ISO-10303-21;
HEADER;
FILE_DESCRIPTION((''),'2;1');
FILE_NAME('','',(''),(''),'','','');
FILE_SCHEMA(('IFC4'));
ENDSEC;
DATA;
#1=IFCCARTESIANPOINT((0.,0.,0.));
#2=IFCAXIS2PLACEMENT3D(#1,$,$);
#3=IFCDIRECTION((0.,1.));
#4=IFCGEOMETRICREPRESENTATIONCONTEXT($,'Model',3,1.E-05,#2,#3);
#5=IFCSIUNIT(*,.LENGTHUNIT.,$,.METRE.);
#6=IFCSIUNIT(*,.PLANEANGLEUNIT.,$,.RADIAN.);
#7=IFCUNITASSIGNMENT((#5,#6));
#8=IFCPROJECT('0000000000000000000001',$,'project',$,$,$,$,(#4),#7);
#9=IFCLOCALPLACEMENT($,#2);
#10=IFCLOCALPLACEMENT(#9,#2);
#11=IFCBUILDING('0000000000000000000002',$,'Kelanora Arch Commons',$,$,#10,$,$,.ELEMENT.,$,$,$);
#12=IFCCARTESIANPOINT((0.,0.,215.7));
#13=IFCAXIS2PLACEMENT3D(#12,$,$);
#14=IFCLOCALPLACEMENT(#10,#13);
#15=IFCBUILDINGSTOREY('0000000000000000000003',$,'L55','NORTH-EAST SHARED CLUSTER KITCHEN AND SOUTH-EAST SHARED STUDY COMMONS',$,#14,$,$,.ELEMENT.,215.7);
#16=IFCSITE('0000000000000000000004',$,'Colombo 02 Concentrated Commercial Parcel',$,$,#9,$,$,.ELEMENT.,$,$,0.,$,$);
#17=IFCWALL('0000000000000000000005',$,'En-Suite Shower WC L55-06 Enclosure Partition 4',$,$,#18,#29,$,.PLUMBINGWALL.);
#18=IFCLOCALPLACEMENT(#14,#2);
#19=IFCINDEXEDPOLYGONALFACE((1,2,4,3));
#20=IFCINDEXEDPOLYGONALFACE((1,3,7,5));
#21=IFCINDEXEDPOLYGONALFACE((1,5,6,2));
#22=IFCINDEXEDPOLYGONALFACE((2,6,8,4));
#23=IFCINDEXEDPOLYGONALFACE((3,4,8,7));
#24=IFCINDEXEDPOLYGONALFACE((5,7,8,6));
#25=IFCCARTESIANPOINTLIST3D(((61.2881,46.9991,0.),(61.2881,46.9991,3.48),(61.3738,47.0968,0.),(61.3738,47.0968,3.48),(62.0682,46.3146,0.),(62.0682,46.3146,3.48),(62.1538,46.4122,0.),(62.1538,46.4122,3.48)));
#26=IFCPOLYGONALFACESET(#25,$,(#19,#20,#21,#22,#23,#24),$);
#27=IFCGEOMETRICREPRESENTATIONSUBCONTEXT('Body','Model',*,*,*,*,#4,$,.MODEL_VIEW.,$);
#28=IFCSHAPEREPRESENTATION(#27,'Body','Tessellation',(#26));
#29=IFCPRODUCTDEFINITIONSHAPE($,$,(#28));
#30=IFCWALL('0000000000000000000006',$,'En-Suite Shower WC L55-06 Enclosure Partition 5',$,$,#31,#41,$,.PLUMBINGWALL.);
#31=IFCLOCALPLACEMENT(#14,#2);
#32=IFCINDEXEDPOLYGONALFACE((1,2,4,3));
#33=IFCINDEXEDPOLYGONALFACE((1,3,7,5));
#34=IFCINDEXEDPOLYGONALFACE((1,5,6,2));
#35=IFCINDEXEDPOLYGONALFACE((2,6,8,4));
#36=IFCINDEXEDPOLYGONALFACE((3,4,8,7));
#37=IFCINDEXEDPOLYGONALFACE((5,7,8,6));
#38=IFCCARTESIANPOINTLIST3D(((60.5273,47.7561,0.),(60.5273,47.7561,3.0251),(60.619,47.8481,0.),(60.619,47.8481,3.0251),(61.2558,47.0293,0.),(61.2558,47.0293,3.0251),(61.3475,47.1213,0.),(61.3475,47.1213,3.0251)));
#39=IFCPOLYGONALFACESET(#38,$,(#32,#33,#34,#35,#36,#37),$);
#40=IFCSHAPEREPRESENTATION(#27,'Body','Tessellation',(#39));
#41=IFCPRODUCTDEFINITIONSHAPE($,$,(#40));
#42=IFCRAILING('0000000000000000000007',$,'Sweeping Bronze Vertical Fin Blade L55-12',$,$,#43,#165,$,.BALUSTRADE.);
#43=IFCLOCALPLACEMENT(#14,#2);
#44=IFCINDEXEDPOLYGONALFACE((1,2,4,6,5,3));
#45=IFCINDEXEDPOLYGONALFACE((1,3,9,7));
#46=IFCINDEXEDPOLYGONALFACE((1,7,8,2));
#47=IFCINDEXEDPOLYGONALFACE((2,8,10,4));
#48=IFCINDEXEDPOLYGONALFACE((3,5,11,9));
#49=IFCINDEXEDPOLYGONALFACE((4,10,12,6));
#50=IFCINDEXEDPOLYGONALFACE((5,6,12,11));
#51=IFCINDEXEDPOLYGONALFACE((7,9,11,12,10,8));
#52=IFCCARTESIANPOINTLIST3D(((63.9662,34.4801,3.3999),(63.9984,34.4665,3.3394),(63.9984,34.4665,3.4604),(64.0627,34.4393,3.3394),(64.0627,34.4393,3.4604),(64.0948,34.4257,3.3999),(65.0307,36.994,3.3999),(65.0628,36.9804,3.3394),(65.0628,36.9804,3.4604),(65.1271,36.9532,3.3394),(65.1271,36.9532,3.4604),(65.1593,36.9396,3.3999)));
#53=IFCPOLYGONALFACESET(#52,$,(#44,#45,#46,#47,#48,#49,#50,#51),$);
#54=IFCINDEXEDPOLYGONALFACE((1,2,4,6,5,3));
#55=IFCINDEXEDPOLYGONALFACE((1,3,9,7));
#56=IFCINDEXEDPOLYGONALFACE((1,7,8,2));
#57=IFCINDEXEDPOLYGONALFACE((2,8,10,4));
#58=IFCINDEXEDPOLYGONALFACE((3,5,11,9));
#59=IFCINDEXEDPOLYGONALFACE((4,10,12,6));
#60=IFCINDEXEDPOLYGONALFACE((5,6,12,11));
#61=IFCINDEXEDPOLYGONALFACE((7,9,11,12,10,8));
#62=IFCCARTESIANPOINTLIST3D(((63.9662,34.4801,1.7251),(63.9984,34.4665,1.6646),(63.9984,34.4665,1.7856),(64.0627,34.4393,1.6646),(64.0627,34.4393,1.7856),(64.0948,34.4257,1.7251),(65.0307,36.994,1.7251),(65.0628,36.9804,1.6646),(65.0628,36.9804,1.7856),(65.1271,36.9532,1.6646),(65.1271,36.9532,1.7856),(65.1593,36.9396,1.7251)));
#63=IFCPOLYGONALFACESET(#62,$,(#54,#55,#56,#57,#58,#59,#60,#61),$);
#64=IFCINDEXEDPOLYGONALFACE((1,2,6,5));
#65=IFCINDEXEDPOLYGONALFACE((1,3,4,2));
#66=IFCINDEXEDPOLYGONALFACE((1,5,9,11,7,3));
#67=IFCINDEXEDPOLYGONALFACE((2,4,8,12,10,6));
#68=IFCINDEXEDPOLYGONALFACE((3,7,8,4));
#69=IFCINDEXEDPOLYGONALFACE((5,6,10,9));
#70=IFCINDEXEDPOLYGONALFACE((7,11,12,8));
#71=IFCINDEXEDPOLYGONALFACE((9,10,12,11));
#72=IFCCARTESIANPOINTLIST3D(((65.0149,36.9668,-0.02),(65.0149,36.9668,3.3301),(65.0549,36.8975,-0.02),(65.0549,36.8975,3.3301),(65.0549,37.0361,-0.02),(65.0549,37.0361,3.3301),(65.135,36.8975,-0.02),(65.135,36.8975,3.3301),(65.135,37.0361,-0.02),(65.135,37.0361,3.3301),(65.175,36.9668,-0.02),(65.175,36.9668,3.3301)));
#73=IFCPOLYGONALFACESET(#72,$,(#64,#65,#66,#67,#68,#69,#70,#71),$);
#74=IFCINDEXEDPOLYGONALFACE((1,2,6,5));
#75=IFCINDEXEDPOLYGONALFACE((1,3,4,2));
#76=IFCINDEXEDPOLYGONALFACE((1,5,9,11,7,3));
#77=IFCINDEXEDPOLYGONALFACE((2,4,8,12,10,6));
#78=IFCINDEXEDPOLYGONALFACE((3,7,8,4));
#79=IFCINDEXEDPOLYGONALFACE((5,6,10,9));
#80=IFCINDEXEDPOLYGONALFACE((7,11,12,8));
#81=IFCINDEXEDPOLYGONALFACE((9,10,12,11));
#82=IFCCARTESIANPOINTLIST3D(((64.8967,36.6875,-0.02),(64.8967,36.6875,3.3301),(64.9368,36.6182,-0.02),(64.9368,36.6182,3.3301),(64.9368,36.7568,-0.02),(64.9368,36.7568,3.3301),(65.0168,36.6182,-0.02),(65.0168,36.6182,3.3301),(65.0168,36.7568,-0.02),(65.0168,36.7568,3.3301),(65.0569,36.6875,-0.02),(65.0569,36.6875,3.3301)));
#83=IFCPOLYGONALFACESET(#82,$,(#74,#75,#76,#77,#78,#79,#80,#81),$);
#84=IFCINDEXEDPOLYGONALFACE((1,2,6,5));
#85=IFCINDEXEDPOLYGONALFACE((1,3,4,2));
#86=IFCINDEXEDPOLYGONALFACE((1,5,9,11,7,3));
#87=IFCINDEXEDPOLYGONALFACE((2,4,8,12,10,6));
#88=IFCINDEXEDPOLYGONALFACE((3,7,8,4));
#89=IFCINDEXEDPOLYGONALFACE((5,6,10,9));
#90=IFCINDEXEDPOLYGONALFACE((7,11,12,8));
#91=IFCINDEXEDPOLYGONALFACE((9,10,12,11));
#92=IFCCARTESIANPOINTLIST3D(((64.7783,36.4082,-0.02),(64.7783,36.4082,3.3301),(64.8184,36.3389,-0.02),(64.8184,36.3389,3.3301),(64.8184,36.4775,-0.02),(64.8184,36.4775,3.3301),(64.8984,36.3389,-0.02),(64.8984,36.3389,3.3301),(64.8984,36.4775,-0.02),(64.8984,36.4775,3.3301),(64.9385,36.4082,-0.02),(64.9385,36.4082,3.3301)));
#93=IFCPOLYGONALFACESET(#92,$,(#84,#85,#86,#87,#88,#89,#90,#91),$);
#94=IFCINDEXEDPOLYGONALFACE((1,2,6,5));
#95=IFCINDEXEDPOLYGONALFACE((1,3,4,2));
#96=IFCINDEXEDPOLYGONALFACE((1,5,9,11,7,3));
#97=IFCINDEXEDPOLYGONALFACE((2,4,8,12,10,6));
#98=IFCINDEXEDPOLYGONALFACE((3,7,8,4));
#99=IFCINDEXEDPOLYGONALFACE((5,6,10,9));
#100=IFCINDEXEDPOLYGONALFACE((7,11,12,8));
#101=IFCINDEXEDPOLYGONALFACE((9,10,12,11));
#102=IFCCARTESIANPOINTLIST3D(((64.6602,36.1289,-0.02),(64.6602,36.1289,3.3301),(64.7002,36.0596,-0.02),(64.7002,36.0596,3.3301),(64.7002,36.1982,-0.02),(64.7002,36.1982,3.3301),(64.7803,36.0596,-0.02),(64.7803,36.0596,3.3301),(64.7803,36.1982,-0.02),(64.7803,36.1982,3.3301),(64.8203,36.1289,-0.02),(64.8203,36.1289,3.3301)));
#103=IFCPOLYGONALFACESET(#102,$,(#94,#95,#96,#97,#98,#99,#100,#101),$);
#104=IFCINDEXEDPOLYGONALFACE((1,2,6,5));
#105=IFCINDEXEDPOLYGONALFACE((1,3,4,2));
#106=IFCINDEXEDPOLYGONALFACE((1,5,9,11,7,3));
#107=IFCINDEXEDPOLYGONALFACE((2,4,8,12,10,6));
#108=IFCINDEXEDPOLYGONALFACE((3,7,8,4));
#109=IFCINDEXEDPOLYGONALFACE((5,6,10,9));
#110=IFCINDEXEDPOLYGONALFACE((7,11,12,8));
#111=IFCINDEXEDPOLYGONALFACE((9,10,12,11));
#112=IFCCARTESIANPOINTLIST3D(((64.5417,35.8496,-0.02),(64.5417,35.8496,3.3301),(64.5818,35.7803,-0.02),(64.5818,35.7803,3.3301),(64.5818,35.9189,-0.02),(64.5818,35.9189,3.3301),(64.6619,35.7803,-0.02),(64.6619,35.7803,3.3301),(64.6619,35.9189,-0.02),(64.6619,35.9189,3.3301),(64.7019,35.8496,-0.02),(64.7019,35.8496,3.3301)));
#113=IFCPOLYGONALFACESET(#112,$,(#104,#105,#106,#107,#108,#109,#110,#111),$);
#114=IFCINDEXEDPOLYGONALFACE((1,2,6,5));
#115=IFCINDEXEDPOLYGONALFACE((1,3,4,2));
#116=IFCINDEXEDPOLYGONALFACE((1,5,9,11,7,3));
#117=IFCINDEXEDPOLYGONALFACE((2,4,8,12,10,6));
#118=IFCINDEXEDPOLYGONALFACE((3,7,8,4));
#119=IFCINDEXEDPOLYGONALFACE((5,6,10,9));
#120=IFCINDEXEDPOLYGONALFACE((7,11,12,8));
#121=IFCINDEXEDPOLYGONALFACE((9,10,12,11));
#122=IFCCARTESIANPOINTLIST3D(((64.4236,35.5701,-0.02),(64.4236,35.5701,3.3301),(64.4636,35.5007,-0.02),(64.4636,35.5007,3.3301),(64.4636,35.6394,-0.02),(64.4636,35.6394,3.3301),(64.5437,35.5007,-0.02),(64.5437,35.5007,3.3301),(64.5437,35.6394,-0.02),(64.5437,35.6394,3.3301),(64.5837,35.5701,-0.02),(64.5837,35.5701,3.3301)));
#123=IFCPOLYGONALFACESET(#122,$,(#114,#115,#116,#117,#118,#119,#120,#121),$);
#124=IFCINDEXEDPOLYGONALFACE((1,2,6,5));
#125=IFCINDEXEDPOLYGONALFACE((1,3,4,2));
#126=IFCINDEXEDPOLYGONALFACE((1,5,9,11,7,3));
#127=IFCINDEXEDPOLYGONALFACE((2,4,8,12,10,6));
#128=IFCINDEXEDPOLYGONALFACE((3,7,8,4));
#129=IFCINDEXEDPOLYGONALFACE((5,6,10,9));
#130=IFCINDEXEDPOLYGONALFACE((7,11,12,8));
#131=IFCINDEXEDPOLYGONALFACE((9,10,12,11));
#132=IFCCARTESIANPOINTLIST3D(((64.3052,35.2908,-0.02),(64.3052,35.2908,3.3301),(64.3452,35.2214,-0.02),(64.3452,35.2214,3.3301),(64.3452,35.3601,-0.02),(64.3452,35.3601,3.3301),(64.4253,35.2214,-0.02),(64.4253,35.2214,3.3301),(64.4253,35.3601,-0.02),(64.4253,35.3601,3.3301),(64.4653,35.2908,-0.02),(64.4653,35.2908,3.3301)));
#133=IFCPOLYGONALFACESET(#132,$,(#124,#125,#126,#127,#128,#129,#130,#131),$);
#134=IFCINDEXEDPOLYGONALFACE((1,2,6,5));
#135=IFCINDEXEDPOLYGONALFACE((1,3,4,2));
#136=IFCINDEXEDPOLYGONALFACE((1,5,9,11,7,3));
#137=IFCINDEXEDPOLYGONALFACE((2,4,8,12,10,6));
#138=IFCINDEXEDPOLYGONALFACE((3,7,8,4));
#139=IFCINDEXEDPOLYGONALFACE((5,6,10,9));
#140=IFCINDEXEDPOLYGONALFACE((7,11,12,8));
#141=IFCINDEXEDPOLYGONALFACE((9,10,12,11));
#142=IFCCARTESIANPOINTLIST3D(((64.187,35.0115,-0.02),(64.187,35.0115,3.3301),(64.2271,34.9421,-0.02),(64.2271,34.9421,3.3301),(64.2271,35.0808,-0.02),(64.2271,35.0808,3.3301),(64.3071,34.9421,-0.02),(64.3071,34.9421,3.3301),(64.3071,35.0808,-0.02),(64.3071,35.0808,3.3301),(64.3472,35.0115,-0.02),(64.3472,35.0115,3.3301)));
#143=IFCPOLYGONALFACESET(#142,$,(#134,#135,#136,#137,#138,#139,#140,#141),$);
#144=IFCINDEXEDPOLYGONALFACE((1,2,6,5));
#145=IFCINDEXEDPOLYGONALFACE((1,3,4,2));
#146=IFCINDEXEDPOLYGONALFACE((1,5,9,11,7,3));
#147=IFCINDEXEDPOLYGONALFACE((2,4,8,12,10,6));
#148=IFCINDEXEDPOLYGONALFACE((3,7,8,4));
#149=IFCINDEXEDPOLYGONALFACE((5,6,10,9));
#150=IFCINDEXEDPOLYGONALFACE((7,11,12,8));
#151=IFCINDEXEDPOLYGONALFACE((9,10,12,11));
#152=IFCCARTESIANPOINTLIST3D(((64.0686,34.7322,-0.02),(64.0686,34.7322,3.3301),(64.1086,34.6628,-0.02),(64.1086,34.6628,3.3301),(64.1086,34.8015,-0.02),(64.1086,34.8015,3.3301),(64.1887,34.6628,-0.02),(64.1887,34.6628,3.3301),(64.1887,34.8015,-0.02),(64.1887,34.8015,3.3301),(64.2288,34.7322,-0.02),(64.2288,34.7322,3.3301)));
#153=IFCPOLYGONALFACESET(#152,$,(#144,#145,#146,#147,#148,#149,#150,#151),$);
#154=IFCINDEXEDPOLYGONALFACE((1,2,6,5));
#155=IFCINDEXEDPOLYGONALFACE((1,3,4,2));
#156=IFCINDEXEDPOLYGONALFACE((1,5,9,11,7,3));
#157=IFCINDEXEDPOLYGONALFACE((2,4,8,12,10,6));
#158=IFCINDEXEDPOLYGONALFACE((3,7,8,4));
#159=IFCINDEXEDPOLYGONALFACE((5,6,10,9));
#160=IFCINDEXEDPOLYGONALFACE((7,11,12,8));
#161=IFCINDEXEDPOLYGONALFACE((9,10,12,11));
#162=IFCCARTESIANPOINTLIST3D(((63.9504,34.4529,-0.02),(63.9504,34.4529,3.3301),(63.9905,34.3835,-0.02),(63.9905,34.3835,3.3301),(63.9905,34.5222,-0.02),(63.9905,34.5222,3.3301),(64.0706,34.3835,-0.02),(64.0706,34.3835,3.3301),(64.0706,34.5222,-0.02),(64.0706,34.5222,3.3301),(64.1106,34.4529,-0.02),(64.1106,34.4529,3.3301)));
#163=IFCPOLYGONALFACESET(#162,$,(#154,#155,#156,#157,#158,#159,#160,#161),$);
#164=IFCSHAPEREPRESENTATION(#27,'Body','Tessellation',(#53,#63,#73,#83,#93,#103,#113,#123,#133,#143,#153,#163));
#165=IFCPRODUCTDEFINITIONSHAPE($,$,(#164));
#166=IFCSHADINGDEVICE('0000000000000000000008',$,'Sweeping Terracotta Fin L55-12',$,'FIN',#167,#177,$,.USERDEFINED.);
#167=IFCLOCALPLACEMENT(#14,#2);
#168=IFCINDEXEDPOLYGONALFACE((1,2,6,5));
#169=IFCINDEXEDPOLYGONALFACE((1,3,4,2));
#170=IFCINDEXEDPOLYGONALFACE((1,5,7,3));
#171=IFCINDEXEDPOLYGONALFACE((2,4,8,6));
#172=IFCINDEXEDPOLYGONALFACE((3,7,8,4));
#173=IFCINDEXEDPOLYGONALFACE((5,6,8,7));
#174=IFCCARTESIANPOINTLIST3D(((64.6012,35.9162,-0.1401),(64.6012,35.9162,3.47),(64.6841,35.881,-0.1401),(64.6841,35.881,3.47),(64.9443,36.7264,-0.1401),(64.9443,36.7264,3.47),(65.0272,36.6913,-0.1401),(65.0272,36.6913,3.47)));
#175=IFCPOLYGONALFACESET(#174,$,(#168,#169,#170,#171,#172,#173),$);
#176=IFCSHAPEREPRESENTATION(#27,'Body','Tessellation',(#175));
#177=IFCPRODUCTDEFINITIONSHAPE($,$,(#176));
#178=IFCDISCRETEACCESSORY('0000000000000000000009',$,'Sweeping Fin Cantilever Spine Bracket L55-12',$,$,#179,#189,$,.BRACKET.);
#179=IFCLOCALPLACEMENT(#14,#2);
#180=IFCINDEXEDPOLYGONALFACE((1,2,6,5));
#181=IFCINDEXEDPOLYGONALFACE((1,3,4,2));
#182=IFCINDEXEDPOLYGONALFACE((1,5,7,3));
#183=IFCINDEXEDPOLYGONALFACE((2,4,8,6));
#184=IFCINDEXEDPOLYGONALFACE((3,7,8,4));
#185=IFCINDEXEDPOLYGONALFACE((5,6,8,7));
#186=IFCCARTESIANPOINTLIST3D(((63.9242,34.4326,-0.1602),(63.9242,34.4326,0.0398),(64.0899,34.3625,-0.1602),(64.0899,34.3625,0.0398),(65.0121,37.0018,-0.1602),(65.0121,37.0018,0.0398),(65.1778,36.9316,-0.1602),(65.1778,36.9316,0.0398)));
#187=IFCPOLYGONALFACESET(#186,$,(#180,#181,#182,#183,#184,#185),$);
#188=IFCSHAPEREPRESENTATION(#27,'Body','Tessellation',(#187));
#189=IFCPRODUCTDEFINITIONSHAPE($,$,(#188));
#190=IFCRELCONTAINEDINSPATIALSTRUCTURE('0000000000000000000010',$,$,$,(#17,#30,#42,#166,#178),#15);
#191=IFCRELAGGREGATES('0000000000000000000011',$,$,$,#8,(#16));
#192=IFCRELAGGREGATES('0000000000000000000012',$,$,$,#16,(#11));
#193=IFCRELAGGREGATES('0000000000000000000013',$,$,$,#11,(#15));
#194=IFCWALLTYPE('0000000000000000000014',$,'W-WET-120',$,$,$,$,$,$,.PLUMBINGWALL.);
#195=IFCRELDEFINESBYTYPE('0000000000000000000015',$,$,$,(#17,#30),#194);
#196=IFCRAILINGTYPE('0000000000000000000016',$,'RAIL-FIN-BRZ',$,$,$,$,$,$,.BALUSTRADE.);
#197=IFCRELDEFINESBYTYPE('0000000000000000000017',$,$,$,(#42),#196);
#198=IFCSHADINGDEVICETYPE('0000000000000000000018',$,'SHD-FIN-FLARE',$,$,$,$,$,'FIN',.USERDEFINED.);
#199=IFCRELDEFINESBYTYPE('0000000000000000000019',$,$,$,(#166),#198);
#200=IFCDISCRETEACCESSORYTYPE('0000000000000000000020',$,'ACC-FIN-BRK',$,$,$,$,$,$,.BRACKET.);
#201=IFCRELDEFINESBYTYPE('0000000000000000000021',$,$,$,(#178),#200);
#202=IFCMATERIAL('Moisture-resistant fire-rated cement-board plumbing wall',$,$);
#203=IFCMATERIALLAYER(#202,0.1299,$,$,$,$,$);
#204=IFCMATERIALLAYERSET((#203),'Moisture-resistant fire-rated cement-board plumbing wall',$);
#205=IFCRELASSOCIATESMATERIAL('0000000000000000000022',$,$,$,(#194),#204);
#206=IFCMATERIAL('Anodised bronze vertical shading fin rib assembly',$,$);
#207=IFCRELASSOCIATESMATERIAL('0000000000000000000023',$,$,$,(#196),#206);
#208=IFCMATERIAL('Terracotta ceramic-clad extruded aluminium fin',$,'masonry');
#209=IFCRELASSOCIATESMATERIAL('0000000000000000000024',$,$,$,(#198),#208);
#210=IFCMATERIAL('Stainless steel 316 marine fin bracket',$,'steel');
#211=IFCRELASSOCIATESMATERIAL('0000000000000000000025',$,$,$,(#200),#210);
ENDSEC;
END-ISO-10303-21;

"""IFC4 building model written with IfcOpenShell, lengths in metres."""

from ifc_helpers import new_model, si_unit, direction, frame, frame_2d, origin, origin_2d, place, context, subcontext, project, spatial, polyline, rectangle, outline, extrude, source, transform, mapped, material, layer, layer_set, type_object, element, save


model = new_model("IFC4")

# Units and contexts
model_context = context("Model", 3, precision=1e-05, world=origin(), true_north=direction((0.0, 1.0)))
body_context = subcontext(model_context, "Body", "Model", "MODEL_VIEW")
ifc_project = project(units=[si_unit("LENGTHUNIT", "METRE"), si_unit("PLANEANGLEUNIT", "RADIAN")], contexts=[model_context])

# Site, building, storey
site_placement = place(None, origin())
site = spatial("IfcSite", under=ifc_project, at=site_placement, Name="Colombo 02 Concentrated Commercial Parcel", CompositionType="ELEMENT", RefElevation=0.0)
building_placement = place(site_placement, origin())
building = spatial("IfcBuilding", under=site, at=building_placement, Name="Kelanora Arch Commons", CompositionType="ELEMENT")
storey_placement = place(building_placement, frame((0.0, 0.0, 215.7)))
storey = spatial("IfcBuildingStorey", under=building, at=storey_placement, Name="L55", Description="NORTH-EAST SHARED CLUSTER KITCHEN AND SOUTH-EAST SHARED STUDY COMMONS", CompositionType="ELEMENT", Elevation=215.7)

# Shared definitions
ifc_material_1 = material(Name="Moisture-resistant fire-rated cement-board plumbing wall")
ifc_layer_1 = layer(ifc_material_1, 0.1299)
ifc_layer_set_1 = layer_set([ifc_layer_1], Name="Moisture-resistant fire-rated cement-board plumbing wall")
wall_type_1 = type_object("IfcWallType", Name="W-WET-120", PredefinedType="PLUMBINGWALL", material=ifc_layer_set_1)

# Walls
wall_1_placement = place(storey_placement, frame((62.1111, 46.3633, 0.0), z_axis=(0.0, 0.0, 1.0), x_axis=(-0.7516, 0.65962, 0.0)))
element("IfcWall", 1, at=wall_1_placement, inside=storey, type_object=wall_type_1, Name="En-Suite Shower WC L55-06 Enclosure Partition 4", PredefinedType="PLUMBINGWALL", context=body_context, shape_type="SweptSolid", body=[
    extrude(rectangle(XDim=1.0378, YDim=0.1299, at=frame_2d((0.519, 0.0))), origin(), (0.0, 0.0, 1.0), 3.48),
])
wall_2_placement = place(storey_placement, frame((61.3018, 47.0752, 0.0), z_axis=(0.0, 0.0, 1.0), x_axis=(-0.707937, 0.706276, 0.0)))
element("IfcWall", 2, at=wall_2_placement, inside=storey, type_object=wall_type_1, Name="En-Suite Shower WC L55-06 Enclosure Partition 5", PredefinedType="PLUMBINGWALL", context=body_context, shape_type="SweptSolid", body=[
    extrude(rectangle(XDim=1.0291, YDim=0.1299, at=frame_2d((0.5146, 0.0))), origin(), (0.0, 0.0, 1.0), 3.0251),
])

# Railing
ifc_material_2 = material(Name="Anodised bronze vertical shading fin rib assembly")
railing_type = type_object("IfcRailingType", Name="RAIL-FIN-BRZ", PredefinedType="BALUSTRADE", material=ifc_material_2)
railing_placement = place(storey_placement, frame((65.095, 36.9668, -0.02)))
element("IfcRailing", 3, at=railing_placement, inside=storey, type_object=railing_type, Name="Sweeping Bronze Vertical Fin Blade L55-12", PredefinedType="BALUSTRADE", context=body_context, shape_type="SweptSolid", body=[
    extrude(outline(polyline([(0.0698, 0.0), (0.0349, 0.0605), (-0.0349, 0.0605), (-0.0698, 0.0), (-0.0349, -0.0605), (0.0349, -0.0605), (0.0698, 0.0)])), frame((0.0, 0.0, 3.4199), z_axis=(-0.389911, -0.920852, 0.0), x_axis=(0.920852, -0.389911, 0.0)), (0.0, 0.0, 1.0), 2.73),
    extrude(outline(polyline([(0.0698, 0.0), (0.0349, 0.0605), (-0.0349, 0.0605), (-0.0698, 0.0), (-0.0349, -0.0605), (0.0349, -0.0605), (0.0698, 0.0)])), frame((0.0, 0.0, 1.7451), z_axis=(-0.389911, -0.920852, 0.0), x_axis=(0.920852, -0.389911, 0.0)), (0.0, 0.0, 1.0), 2.73),
    extrude(outline(polyline([(0.0801, 0.0), (0.04, 0.0693), (-0.04, 0.0693), (-0.0801, 0.0), (-0.04, -0.0693), (0.04, -0.0693), (0.0801, 0.0)])), origin(), (0.0, 0.0, 1.0), 3.3501),
    extrude(outline(polyline([(0.0801, 0.0), (0.04, 0.0693), (-0.04, 0.0693), (-0.0801, 0.0), (-0.04, -0.0693), (0.04, -0.0693), (0.0801, 0.0)])), frame((-0.1182, -0.2793, 0.0)), (0.0, 0.0, 1.0), 3.3501),
    extrude(outline(polyline([(0.0801, 0.0), (0.04, 0.0693), (-0.04, 0.0693), (-0.0801, 0.0), (-0.04, -0.0693), (0.04, -0.0693), (0.0801, 0.0)])), frame((-0.2366, -0.5586, 0.0)), (0.0, 0.0, 1.0), 3.3501),
    extrude(outline(polyline([(0.0801, 0.0), (0.04, 0.0693), (-0.04, 0.0693), (-0.0801, 0.0), (-0.04, -0.0693), (0.04, -0.0693), (0.0801, 0.0)])), frame((-0.3547, -0.8379, 0.0)), (0.0, 0.0, 1.0), 3.3501),
    extrude(outline(polyline([(0.0801, 0.0), (0.04, 0.0693), (-0.04, 0.0693), (-0.0801, 0.0), (-0.04, -0.0693), (0.04, -0.0693), (0.0801, 0.0)])), frame((-0.4731, -1.1172, 0.0)), (0.0, 0.0, 1.0), 3.3501),
    extrude(outline(polyline([(0.0801, 0.0), (0.04, 0.0693), (-0.04, 0.0693), (-0.0801, 0.0), (-0.04, -0.0693), (0.04, -0.0693), (0.0801, 0.0)])), frame((-0.5913, -1.3967, 0.0)), (0.0, 0.0, 1.0), 3.3501),
    extrude(outline(polyline([(0.0801, 0.0), (0.04, 0.0693), (-0.04, 0.0693), (-0.0801, 0.0), (-0.04, -0.0693), (0.04, -0.0693), (0.0801, 0.0)])), frame((-0.7097, -1.676, 0.0)), (0.0, 0.0, 1.0), 3.3501),
    extrude(outline(polyline([(0.0801, 0.0), (0.04, 0.0693), (-0.04, 0.0693), (-0.0801, 0.0), (-0.04, -0.0693), (0.04, -0.0693), (0.0801, 0.0)])), frame((-0.8279, -1.9553, 0.0)), (0.0, 0.0, 1.0), 3.3501),
    extrude(outline(polyline([(0.0801, 0.0), (0.04, 0.0693), (-0.04, 0.0693), (-0.0801, 0.0), (-0.04, -0.0693), (0.04, -0.0693), (0.0801, 0.0)])), frame((-0.9463, -2.2346, 0.0)), (0.0, 0.0, 1.0), 3.3501),
    extrude(outline(polyline([(0.0801, 0.0), (0.04, 0.0693), (-0.04, 0.0693), (-0.0801, 0.0), (-0.04, -0.0693), (0.04, -0.0693), (0.0801, 0.0)])), frame((-1.0645, -2.5139, 0.0)), (0.0, 0.0, 1.0), 3.3501),
])

# Shading device
ifc_material_3 = material(Name="Terracotta ceramic-clad extruded aluminium fin", Category="masonry")
shading_device_type = type_object("IfcShadingDeviceType", Name="SHD-FIN-FLARE", ElementType="FIN", PredefinedType="USERDEFINED", material=ifc_material_3)
shared_shape_1 = source(origin(), body_context, "Body", "SweptSolid", [
    extrude(rectangle(XDim=0.8799, YDim=0.0901, at=origin_2d()), origin(), (0.0, 0.0, 1.0), 3.6101),
])
shading_device_placement = place(storey_placement, frame((64.8142, 36.3037, -0.1401), z_axis=(0.0, 0.0, 1.0), x_axis=(-0.389928, -0.920845, 0.0)))
element("IfcShadingDevice", 4, at=shading_device_placement, inside=storey, type_object=shading_device_type, Name="Sweeping Terracotta Fin L55-12", ObjectType="FIN", PredefinedType="USERDEFINED", context=body_context, shape_type="MappedRepresentation", body=[
    mapped(shared_shape_1, transform((0.0, 0.0, 0.0), scale=1.0)),
])

# Discrete accessory
ifc_material_4 = material(Name="Stainless steel 316 marine fin bracket", Category="steel")
discrete_accessory_type = type_object("IfcDiscreteAccessoryType", Name="ACC-FIN-BRK", PredefinedType="BRACKET", material=ifc_material_4)
shared_shape_2 = source(origin(), body_context, "Body", "SweptSolid", [
    extrude(rectangle(XDim=2.79, YDim=0.1799, at=origin_2d()), origin(), (0.0, 0.0, 1.0), 0.2),
])
discrete_accessory_placement = place(storey_placement, frame((64.551, 35.6821, -0.1602), z_axis=(0.0, 0.0, 1.0), x_axis=(-0.389928, -0.920845, 0.0)))
element("IfcDiscreteAccessory", 5, at=discrete_accessory_placement, inside=storey, type_object=discrete_accessory_type, Name="Sweeping Fin Cantilever Spine Bracket L55-12", PredefinedType="BRACKET", context=body_context, shape_type="MappedRepresentation", body=[
    mapped(shared_shape_2, transform((0.0, 0.0, 0.0), scale=1.0)),
])

save(model, "model.ifc")
